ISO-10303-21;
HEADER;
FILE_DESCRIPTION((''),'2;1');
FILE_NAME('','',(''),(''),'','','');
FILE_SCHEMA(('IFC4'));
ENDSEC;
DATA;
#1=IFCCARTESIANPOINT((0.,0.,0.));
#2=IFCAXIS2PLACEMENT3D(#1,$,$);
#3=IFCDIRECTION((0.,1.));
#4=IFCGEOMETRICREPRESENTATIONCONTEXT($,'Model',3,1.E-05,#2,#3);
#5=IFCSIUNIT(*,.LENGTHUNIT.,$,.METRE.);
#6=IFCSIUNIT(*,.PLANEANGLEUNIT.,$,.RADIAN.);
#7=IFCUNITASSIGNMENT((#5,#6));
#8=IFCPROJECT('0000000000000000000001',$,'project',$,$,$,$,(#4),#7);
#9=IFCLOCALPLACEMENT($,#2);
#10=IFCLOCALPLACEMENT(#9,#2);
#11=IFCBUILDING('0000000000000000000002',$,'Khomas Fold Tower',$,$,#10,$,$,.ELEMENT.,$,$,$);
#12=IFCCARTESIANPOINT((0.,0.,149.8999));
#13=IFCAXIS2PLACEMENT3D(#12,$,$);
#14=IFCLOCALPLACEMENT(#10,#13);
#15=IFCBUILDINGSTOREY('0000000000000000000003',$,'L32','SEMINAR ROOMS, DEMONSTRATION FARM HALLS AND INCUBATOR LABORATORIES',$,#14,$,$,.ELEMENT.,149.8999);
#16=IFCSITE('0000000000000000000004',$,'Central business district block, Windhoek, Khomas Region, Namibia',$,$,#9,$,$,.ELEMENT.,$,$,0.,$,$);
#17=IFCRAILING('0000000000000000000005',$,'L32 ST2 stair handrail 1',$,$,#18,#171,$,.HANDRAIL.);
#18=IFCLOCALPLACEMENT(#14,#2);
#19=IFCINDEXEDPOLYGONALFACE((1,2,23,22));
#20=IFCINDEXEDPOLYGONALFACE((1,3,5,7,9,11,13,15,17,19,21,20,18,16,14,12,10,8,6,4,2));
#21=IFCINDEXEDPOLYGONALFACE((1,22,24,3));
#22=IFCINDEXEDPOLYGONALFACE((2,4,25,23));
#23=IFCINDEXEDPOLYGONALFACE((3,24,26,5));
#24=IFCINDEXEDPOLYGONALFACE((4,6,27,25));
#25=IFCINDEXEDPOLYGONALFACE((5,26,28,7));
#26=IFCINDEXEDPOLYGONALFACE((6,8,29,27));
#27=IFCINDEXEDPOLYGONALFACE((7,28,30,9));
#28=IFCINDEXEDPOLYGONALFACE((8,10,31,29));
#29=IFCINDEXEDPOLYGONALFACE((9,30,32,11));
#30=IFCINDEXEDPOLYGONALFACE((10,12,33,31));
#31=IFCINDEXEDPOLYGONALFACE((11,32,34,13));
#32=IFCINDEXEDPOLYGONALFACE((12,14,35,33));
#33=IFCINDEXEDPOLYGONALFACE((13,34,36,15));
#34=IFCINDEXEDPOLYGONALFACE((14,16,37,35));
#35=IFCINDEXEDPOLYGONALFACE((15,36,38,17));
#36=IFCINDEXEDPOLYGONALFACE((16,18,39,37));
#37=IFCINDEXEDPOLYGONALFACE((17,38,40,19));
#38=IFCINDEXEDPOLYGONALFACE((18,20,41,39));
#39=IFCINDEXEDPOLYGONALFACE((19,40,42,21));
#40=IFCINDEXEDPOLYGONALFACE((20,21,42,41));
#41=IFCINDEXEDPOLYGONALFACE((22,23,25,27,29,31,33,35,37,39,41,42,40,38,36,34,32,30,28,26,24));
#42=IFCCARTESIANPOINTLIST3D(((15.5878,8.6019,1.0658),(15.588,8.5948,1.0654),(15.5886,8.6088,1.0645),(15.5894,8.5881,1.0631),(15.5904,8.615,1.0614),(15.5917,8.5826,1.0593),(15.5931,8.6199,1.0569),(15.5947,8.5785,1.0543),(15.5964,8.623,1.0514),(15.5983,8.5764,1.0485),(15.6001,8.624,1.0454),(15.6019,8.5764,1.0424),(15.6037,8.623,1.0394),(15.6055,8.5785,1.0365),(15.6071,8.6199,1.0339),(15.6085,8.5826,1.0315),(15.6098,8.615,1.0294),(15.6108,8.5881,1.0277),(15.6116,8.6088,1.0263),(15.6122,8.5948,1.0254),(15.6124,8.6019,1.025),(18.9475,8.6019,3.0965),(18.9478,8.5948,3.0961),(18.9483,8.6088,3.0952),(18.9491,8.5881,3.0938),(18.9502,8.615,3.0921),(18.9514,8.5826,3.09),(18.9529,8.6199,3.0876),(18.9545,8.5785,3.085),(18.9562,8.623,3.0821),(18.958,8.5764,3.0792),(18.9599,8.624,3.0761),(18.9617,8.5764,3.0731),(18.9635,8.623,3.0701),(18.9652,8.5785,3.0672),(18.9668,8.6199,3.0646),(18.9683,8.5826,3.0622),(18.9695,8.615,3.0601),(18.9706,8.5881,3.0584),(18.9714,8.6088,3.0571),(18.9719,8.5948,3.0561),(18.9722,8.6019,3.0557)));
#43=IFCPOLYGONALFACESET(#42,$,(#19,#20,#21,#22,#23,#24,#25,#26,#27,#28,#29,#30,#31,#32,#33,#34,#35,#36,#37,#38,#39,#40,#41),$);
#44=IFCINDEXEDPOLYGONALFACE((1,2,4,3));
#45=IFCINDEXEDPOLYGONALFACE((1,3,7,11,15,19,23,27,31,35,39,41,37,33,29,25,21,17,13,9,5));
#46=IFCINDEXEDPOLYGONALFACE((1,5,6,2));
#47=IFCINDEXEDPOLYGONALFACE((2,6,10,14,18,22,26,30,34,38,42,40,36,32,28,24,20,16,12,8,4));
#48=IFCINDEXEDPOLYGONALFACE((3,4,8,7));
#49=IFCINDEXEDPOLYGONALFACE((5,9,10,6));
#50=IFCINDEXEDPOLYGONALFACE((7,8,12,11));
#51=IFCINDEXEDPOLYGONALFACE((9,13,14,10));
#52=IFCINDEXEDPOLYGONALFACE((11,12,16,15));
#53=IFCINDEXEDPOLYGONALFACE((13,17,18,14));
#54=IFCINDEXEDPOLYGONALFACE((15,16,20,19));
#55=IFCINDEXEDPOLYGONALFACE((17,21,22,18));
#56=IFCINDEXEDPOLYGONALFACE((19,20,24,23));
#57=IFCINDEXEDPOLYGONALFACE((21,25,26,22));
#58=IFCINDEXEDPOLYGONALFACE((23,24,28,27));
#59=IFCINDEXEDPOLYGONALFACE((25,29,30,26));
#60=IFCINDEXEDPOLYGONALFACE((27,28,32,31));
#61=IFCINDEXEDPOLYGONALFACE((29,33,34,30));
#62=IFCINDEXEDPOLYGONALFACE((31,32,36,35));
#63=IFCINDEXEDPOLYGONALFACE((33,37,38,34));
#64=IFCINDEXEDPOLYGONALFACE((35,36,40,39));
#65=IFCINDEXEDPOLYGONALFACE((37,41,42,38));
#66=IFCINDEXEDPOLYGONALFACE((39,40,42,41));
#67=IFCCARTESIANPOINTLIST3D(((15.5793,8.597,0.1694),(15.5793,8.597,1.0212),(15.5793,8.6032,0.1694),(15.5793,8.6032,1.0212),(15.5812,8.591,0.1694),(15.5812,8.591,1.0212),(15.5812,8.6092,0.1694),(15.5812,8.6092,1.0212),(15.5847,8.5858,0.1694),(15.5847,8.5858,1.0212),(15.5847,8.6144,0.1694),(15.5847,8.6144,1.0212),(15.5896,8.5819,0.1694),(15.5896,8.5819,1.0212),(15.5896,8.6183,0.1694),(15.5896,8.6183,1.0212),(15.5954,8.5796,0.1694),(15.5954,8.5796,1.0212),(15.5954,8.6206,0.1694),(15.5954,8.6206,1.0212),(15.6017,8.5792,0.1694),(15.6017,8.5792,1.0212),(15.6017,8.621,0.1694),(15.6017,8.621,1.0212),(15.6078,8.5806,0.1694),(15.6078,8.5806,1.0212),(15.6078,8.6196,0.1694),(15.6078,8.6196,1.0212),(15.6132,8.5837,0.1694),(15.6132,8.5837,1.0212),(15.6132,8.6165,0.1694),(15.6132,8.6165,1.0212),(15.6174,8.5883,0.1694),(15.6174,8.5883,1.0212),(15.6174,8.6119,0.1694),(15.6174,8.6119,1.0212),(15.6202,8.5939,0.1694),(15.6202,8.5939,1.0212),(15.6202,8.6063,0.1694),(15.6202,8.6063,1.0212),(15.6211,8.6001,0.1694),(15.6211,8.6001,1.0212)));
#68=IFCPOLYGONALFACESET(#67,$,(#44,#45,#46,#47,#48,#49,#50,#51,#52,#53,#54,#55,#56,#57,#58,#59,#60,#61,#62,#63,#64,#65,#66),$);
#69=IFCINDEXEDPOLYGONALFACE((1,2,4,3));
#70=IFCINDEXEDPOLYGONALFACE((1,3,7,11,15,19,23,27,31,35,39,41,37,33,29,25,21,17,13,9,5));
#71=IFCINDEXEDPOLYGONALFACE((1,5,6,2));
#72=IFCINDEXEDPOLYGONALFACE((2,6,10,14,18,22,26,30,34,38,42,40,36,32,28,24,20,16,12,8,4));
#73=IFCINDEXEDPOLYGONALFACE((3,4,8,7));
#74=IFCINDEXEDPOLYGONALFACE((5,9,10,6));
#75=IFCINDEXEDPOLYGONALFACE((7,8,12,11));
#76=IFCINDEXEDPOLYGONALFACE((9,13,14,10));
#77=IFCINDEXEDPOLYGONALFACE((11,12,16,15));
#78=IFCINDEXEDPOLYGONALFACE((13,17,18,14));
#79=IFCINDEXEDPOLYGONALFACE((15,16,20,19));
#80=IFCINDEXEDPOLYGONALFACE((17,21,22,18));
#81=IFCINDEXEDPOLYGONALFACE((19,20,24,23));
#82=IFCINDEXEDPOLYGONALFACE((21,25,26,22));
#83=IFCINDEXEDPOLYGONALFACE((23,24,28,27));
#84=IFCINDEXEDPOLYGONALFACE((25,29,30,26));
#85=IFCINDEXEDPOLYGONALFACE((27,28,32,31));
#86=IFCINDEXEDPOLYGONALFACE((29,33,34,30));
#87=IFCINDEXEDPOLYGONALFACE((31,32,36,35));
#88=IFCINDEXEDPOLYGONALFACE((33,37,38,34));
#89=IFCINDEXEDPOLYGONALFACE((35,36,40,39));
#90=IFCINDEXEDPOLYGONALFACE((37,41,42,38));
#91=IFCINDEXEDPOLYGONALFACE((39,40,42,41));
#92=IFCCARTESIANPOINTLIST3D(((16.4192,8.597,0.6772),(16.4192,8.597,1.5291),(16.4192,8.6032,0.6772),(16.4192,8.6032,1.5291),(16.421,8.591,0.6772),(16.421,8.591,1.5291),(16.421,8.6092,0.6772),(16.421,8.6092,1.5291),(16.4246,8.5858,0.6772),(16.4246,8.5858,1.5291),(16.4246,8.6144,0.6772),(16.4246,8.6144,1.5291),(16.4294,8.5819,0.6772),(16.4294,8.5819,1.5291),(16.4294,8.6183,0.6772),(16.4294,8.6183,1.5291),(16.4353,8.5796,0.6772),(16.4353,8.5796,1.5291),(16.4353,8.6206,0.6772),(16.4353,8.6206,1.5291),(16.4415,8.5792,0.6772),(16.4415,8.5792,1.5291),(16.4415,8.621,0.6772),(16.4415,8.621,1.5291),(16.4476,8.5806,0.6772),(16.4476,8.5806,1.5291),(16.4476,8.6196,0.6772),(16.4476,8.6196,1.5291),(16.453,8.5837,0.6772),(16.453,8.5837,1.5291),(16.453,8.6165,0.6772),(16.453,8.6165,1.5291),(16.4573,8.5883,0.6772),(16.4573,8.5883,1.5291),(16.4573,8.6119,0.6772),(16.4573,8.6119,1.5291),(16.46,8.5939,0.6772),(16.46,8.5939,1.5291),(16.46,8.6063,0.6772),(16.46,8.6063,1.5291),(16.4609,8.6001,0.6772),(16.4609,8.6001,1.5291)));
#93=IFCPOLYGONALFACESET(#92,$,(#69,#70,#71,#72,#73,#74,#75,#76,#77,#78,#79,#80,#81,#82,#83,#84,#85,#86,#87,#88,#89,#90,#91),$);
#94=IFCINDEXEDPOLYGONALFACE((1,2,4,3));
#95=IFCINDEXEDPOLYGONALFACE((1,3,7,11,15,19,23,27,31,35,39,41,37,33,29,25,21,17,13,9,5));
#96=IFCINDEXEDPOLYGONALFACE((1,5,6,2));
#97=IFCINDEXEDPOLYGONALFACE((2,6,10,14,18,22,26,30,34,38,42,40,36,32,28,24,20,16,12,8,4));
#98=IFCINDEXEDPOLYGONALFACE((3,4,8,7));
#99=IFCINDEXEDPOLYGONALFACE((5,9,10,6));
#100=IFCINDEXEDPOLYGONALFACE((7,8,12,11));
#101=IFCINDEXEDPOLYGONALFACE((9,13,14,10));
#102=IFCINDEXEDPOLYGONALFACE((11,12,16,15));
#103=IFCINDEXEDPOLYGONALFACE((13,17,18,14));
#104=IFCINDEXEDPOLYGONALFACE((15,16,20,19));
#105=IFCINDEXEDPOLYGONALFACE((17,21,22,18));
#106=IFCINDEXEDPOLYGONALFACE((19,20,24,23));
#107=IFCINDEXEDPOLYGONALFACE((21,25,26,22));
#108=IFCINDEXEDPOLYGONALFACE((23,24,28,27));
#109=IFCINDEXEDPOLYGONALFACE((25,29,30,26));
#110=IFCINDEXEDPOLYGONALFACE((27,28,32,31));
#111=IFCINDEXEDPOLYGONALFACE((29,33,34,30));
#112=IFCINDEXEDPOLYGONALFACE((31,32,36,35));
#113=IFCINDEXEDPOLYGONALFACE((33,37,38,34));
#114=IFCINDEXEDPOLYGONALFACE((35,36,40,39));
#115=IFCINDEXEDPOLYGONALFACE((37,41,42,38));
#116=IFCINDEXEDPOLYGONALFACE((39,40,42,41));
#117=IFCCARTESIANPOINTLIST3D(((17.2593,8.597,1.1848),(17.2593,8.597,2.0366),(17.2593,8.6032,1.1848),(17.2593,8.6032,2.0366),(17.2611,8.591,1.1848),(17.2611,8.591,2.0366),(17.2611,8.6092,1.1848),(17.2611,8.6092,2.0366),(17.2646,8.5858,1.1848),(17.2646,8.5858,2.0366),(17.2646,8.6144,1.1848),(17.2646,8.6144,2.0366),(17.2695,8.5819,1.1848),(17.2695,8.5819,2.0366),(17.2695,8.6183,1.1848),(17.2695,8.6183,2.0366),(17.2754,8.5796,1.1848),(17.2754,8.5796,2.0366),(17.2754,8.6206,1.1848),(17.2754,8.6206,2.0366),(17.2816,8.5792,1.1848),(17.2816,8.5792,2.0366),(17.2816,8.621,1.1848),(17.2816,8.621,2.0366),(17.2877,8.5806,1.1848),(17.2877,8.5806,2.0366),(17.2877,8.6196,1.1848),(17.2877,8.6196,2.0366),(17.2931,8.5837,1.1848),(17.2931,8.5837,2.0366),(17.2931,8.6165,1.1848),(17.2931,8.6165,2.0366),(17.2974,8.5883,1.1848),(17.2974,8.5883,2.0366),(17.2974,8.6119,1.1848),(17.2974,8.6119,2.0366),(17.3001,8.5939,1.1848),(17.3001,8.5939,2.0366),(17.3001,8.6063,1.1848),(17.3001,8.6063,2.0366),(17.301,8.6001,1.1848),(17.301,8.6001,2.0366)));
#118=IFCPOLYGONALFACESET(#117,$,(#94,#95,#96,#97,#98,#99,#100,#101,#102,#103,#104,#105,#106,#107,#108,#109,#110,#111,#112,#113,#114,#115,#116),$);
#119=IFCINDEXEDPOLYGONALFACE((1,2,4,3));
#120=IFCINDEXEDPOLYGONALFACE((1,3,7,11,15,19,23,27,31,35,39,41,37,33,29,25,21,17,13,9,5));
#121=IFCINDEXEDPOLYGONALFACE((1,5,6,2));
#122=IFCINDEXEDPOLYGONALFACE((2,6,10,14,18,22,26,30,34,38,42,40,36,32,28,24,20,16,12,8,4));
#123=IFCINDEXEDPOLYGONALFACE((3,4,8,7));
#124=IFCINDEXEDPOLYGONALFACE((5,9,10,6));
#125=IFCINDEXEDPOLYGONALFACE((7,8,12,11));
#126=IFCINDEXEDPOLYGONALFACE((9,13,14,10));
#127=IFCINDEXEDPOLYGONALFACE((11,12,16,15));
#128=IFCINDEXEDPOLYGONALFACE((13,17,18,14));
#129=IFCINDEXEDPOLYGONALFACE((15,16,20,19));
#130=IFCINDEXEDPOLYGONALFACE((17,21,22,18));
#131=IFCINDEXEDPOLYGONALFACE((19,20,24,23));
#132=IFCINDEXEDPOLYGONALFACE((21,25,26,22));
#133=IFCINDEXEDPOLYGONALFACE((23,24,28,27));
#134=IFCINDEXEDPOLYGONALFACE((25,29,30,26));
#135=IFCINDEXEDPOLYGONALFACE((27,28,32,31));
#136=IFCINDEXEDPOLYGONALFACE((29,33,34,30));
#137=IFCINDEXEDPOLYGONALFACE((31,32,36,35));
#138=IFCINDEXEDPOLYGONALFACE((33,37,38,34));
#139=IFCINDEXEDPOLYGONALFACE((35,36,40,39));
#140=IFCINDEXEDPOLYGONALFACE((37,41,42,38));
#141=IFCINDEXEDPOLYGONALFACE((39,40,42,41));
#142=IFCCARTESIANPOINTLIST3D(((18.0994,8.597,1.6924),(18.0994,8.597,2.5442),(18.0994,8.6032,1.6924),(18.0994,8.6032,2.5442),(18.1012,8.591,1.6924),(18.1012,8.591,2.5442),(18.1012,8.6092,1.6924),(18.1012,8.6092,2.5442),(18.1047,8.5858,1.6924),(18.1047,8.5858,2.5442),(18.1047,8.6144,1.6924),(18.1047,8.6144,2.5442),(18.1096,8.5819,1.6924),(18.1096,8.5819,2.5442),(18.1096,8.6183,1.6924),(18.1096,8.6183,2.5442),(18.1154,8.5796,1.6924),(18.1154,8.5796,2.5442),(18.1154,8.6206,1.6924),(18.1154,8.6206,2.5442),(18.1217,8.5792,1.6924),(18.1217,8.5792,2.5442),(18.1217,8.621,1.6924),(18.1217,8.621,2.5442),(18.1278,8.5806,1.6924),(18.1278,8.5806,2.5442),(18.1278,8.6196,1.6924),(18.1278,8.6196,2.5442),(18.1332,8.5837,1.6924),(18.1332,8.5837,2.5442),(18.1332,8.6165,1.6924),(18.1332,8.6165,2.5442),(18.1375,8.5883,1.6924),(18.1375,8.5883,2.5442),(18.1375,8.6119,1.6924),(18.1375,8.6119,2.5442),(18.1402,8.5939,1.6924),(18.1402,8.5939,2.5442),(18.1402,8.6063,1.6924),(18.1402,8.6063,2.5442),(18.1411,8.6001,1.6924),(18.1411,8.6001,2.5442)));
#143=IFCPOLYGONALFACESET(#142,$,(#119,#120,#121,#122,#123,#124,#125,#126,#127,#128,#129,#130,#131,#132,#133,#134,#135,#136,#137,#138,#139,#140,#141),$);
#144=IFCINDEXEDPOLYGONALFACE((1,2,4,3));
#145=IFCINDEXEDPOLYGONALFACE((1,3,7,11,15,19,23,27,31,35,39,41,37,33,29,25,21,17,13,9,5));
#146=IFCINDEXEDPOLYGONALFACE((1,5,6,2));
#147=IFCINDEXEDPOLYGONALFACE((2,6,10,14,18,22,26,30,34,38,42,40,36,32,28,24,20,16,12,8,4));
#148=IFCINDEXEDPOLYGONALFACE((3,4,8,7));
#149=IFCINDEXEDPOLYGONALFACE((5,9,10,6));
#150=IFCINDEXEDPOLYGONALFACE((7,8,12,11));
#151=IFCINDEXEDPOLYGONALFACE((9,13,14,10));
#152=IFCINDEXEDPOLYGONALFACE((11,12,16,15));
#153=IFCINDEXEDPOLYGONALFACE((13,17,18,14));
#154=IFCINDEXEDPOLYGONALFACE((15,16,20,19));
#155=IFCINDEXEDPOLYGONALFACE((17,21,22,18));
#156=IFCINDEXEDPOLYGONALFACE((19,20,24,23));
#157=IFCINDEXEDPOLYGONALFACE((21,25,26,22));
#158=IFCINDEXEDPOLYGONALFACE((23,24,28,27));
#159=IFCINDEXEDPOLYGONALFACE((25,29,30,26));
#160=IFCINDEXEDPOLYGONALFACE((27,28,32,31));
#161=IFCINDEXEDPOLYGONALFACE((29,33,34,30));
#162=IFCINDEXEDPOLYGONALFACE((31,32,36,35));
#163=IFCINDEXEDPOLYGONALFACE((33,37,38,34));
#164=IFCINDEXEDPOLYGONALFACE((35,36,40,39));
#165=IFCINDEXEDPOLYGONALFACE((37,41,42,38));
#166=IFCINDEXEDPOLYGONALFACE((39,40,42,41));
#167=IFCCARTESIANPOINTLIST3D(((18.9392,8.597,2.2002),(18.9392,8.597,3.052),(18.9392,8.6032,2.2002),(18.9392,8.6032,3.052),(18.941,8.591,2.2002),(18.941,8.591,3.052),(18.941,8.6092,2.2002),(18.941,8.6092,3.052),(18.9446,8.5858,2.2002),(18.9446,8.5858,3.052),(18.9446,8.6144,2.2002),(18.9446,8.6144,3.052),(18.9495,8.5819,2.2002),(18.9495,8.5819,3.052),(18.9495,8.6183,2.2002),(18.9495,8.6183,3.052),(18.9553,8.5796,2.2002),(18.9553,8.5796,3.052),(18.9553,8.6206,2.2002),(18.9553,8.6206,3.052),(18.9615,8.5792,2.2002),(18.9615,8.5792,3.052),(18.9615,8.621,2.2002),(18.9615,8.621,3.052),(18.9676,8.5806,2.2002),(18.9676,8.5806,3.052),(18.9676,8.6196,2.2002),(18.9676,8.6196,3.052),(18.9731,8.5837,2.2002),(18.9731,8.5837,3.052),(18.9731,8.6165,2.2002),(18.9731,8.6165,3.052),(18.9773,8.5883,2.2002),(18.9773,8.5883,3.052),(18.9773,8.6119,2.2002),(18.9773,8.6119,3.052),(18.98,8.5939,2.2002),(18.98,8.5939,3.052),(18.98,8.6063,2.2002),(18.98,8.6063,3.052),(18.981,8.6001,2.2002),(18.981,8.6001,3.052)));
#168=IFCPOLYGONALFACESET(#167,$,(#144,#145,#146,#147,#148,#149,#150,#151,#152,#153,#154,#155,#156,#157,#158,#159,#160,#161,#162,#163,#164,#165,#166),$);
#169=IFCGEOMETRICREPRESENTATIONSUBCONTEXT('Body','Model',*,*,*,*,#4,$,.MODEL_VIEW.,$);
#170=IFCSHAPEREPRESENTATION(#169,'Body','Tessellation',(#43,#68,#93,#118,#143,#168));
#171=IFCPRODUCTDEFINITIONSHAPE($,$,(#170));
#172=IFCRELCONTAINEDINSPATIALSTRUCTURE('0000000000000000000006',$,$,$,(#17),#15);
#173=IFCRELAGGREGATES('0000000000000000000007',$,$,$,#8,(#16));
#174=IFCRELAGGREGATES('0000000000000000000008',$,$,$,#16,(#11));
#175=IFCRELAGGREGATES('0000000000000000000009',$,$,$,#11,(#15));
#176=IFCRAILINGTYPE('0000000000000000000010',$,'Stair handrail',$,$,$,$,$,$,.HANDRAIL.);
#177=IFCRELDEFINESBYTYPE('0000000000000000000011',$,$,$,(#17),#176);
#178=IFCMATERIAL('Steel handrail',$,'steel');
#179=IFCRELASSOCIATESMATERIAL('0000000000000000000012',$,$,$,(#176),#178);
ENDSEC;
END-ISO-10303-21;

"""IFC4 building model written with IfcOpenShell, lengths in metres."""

from ifc_helpers import new_model, si_unit, direction, frame, origin, origin_2d, place, context, subcontext, project, spatial, circle, extrude, source, transform, mapped, material, type_object, element, save


model = new_model("IFC4")

# Units and contexts
model_context = context("Model", 3, precision=1e-05, world=origin(), true_north=direction((0.0, 1.0)))
body_context = subcontext(model_context, "Body", "Model", "MODEL_VIEW")
ifc_project = project(units=[si_unit("LENGTHUNIT", "METRE"), si_unit("PLANEANGLEUNIT", "RADIAN")], contexts=[model_context])

# Site, building, storey
site_placement = place(None, origin())
site = spatial("IfcSite", under=ifc_project, at=site_placement, Name="Central business district block, Windhoek, Khomas Region, Namibia", CompositionType="ELEMENT", RefElevation=0.0)
building_placement = place(site_placement, origin())
building = spatial("IfcBuilding", under=site, at=building_placement, Name="Khomas Fold Tower", CompositionType="ELEMENT")
storey_placement = place(building_placement, frame((0.0, 0.0, 149.8999)))
storey = spatial("IfcBuildingStorey", under=building, at=storey_placement, Name="L32", Description="SEMINAR ROOMS, DEMONSTRATION FARM HALLS AND INCUBATOR LABORATORIES", CompositionType="ELEMENT", Elevation=149.8999)

# Railing
ifc_material_1 = material(Name="Steel handrail", Category="steel")
railing_type_1 = type_object("IfcRailingType", Name="Stair handrail", PredefinedType="HANDRAIL", material=ifc_material_1)
shared_shape_1 = source(origin(), body_context, "Body", "SweptSolid", [
    extrude(circle(Radius=0.0239, at=origin_2d()), frame((0.0, 0.0, 0.876), z_axis=(0.85582, 0.0, 0.517273), x_axis=(0.0, 1.0, 0.0)), (0.0, 0.0, 1.0), 3.9258),
    extrude(circle(Radius=0.021, at=origin_2d()), origin(), (0.0, 0.0, 1.0), 0.8518),
    extrude(circle(Radius=0.021, at=origin_2d()), frame((0.8398, 0.0, 0.5078)), (0.0, 0.0, 1.0), 0.8518),
    extrude(circle(Radius=0.021, at=origin_2d()), frame((1.6799, 0.0, 1.0154)), (0.0, 0.0, 1.0), 0.8518),
    extrude(circle(Radius=0.021, at=origin_2d()), frame((2.52, 0.0, 1.5229)), (0.0, 0.0, 1.0), 0.8518),
    extrude(circle(Radius=0.021, at=origin_2d()), frame((3.3599, 0.0, 2.0308)), (0.0, 0.0, 1.0), 0.8518),
])
railing_1_placement = place(storey_placement, frame((15.6001, 8.6001, 0.1694)))
element("IfcRailing", 1, at=railing_1_placement, inside=storey, type_object=railing_type_1, Name="L32 ST2 stair handrail 1", PredefinedType="HANDRAIL", context=body_context, shape_type="MappedRepresentation", body=[
    mapped(shared_shape_1, transform((0.0, 0.0, 0.0))),
])

save(model, "model.ifc")
